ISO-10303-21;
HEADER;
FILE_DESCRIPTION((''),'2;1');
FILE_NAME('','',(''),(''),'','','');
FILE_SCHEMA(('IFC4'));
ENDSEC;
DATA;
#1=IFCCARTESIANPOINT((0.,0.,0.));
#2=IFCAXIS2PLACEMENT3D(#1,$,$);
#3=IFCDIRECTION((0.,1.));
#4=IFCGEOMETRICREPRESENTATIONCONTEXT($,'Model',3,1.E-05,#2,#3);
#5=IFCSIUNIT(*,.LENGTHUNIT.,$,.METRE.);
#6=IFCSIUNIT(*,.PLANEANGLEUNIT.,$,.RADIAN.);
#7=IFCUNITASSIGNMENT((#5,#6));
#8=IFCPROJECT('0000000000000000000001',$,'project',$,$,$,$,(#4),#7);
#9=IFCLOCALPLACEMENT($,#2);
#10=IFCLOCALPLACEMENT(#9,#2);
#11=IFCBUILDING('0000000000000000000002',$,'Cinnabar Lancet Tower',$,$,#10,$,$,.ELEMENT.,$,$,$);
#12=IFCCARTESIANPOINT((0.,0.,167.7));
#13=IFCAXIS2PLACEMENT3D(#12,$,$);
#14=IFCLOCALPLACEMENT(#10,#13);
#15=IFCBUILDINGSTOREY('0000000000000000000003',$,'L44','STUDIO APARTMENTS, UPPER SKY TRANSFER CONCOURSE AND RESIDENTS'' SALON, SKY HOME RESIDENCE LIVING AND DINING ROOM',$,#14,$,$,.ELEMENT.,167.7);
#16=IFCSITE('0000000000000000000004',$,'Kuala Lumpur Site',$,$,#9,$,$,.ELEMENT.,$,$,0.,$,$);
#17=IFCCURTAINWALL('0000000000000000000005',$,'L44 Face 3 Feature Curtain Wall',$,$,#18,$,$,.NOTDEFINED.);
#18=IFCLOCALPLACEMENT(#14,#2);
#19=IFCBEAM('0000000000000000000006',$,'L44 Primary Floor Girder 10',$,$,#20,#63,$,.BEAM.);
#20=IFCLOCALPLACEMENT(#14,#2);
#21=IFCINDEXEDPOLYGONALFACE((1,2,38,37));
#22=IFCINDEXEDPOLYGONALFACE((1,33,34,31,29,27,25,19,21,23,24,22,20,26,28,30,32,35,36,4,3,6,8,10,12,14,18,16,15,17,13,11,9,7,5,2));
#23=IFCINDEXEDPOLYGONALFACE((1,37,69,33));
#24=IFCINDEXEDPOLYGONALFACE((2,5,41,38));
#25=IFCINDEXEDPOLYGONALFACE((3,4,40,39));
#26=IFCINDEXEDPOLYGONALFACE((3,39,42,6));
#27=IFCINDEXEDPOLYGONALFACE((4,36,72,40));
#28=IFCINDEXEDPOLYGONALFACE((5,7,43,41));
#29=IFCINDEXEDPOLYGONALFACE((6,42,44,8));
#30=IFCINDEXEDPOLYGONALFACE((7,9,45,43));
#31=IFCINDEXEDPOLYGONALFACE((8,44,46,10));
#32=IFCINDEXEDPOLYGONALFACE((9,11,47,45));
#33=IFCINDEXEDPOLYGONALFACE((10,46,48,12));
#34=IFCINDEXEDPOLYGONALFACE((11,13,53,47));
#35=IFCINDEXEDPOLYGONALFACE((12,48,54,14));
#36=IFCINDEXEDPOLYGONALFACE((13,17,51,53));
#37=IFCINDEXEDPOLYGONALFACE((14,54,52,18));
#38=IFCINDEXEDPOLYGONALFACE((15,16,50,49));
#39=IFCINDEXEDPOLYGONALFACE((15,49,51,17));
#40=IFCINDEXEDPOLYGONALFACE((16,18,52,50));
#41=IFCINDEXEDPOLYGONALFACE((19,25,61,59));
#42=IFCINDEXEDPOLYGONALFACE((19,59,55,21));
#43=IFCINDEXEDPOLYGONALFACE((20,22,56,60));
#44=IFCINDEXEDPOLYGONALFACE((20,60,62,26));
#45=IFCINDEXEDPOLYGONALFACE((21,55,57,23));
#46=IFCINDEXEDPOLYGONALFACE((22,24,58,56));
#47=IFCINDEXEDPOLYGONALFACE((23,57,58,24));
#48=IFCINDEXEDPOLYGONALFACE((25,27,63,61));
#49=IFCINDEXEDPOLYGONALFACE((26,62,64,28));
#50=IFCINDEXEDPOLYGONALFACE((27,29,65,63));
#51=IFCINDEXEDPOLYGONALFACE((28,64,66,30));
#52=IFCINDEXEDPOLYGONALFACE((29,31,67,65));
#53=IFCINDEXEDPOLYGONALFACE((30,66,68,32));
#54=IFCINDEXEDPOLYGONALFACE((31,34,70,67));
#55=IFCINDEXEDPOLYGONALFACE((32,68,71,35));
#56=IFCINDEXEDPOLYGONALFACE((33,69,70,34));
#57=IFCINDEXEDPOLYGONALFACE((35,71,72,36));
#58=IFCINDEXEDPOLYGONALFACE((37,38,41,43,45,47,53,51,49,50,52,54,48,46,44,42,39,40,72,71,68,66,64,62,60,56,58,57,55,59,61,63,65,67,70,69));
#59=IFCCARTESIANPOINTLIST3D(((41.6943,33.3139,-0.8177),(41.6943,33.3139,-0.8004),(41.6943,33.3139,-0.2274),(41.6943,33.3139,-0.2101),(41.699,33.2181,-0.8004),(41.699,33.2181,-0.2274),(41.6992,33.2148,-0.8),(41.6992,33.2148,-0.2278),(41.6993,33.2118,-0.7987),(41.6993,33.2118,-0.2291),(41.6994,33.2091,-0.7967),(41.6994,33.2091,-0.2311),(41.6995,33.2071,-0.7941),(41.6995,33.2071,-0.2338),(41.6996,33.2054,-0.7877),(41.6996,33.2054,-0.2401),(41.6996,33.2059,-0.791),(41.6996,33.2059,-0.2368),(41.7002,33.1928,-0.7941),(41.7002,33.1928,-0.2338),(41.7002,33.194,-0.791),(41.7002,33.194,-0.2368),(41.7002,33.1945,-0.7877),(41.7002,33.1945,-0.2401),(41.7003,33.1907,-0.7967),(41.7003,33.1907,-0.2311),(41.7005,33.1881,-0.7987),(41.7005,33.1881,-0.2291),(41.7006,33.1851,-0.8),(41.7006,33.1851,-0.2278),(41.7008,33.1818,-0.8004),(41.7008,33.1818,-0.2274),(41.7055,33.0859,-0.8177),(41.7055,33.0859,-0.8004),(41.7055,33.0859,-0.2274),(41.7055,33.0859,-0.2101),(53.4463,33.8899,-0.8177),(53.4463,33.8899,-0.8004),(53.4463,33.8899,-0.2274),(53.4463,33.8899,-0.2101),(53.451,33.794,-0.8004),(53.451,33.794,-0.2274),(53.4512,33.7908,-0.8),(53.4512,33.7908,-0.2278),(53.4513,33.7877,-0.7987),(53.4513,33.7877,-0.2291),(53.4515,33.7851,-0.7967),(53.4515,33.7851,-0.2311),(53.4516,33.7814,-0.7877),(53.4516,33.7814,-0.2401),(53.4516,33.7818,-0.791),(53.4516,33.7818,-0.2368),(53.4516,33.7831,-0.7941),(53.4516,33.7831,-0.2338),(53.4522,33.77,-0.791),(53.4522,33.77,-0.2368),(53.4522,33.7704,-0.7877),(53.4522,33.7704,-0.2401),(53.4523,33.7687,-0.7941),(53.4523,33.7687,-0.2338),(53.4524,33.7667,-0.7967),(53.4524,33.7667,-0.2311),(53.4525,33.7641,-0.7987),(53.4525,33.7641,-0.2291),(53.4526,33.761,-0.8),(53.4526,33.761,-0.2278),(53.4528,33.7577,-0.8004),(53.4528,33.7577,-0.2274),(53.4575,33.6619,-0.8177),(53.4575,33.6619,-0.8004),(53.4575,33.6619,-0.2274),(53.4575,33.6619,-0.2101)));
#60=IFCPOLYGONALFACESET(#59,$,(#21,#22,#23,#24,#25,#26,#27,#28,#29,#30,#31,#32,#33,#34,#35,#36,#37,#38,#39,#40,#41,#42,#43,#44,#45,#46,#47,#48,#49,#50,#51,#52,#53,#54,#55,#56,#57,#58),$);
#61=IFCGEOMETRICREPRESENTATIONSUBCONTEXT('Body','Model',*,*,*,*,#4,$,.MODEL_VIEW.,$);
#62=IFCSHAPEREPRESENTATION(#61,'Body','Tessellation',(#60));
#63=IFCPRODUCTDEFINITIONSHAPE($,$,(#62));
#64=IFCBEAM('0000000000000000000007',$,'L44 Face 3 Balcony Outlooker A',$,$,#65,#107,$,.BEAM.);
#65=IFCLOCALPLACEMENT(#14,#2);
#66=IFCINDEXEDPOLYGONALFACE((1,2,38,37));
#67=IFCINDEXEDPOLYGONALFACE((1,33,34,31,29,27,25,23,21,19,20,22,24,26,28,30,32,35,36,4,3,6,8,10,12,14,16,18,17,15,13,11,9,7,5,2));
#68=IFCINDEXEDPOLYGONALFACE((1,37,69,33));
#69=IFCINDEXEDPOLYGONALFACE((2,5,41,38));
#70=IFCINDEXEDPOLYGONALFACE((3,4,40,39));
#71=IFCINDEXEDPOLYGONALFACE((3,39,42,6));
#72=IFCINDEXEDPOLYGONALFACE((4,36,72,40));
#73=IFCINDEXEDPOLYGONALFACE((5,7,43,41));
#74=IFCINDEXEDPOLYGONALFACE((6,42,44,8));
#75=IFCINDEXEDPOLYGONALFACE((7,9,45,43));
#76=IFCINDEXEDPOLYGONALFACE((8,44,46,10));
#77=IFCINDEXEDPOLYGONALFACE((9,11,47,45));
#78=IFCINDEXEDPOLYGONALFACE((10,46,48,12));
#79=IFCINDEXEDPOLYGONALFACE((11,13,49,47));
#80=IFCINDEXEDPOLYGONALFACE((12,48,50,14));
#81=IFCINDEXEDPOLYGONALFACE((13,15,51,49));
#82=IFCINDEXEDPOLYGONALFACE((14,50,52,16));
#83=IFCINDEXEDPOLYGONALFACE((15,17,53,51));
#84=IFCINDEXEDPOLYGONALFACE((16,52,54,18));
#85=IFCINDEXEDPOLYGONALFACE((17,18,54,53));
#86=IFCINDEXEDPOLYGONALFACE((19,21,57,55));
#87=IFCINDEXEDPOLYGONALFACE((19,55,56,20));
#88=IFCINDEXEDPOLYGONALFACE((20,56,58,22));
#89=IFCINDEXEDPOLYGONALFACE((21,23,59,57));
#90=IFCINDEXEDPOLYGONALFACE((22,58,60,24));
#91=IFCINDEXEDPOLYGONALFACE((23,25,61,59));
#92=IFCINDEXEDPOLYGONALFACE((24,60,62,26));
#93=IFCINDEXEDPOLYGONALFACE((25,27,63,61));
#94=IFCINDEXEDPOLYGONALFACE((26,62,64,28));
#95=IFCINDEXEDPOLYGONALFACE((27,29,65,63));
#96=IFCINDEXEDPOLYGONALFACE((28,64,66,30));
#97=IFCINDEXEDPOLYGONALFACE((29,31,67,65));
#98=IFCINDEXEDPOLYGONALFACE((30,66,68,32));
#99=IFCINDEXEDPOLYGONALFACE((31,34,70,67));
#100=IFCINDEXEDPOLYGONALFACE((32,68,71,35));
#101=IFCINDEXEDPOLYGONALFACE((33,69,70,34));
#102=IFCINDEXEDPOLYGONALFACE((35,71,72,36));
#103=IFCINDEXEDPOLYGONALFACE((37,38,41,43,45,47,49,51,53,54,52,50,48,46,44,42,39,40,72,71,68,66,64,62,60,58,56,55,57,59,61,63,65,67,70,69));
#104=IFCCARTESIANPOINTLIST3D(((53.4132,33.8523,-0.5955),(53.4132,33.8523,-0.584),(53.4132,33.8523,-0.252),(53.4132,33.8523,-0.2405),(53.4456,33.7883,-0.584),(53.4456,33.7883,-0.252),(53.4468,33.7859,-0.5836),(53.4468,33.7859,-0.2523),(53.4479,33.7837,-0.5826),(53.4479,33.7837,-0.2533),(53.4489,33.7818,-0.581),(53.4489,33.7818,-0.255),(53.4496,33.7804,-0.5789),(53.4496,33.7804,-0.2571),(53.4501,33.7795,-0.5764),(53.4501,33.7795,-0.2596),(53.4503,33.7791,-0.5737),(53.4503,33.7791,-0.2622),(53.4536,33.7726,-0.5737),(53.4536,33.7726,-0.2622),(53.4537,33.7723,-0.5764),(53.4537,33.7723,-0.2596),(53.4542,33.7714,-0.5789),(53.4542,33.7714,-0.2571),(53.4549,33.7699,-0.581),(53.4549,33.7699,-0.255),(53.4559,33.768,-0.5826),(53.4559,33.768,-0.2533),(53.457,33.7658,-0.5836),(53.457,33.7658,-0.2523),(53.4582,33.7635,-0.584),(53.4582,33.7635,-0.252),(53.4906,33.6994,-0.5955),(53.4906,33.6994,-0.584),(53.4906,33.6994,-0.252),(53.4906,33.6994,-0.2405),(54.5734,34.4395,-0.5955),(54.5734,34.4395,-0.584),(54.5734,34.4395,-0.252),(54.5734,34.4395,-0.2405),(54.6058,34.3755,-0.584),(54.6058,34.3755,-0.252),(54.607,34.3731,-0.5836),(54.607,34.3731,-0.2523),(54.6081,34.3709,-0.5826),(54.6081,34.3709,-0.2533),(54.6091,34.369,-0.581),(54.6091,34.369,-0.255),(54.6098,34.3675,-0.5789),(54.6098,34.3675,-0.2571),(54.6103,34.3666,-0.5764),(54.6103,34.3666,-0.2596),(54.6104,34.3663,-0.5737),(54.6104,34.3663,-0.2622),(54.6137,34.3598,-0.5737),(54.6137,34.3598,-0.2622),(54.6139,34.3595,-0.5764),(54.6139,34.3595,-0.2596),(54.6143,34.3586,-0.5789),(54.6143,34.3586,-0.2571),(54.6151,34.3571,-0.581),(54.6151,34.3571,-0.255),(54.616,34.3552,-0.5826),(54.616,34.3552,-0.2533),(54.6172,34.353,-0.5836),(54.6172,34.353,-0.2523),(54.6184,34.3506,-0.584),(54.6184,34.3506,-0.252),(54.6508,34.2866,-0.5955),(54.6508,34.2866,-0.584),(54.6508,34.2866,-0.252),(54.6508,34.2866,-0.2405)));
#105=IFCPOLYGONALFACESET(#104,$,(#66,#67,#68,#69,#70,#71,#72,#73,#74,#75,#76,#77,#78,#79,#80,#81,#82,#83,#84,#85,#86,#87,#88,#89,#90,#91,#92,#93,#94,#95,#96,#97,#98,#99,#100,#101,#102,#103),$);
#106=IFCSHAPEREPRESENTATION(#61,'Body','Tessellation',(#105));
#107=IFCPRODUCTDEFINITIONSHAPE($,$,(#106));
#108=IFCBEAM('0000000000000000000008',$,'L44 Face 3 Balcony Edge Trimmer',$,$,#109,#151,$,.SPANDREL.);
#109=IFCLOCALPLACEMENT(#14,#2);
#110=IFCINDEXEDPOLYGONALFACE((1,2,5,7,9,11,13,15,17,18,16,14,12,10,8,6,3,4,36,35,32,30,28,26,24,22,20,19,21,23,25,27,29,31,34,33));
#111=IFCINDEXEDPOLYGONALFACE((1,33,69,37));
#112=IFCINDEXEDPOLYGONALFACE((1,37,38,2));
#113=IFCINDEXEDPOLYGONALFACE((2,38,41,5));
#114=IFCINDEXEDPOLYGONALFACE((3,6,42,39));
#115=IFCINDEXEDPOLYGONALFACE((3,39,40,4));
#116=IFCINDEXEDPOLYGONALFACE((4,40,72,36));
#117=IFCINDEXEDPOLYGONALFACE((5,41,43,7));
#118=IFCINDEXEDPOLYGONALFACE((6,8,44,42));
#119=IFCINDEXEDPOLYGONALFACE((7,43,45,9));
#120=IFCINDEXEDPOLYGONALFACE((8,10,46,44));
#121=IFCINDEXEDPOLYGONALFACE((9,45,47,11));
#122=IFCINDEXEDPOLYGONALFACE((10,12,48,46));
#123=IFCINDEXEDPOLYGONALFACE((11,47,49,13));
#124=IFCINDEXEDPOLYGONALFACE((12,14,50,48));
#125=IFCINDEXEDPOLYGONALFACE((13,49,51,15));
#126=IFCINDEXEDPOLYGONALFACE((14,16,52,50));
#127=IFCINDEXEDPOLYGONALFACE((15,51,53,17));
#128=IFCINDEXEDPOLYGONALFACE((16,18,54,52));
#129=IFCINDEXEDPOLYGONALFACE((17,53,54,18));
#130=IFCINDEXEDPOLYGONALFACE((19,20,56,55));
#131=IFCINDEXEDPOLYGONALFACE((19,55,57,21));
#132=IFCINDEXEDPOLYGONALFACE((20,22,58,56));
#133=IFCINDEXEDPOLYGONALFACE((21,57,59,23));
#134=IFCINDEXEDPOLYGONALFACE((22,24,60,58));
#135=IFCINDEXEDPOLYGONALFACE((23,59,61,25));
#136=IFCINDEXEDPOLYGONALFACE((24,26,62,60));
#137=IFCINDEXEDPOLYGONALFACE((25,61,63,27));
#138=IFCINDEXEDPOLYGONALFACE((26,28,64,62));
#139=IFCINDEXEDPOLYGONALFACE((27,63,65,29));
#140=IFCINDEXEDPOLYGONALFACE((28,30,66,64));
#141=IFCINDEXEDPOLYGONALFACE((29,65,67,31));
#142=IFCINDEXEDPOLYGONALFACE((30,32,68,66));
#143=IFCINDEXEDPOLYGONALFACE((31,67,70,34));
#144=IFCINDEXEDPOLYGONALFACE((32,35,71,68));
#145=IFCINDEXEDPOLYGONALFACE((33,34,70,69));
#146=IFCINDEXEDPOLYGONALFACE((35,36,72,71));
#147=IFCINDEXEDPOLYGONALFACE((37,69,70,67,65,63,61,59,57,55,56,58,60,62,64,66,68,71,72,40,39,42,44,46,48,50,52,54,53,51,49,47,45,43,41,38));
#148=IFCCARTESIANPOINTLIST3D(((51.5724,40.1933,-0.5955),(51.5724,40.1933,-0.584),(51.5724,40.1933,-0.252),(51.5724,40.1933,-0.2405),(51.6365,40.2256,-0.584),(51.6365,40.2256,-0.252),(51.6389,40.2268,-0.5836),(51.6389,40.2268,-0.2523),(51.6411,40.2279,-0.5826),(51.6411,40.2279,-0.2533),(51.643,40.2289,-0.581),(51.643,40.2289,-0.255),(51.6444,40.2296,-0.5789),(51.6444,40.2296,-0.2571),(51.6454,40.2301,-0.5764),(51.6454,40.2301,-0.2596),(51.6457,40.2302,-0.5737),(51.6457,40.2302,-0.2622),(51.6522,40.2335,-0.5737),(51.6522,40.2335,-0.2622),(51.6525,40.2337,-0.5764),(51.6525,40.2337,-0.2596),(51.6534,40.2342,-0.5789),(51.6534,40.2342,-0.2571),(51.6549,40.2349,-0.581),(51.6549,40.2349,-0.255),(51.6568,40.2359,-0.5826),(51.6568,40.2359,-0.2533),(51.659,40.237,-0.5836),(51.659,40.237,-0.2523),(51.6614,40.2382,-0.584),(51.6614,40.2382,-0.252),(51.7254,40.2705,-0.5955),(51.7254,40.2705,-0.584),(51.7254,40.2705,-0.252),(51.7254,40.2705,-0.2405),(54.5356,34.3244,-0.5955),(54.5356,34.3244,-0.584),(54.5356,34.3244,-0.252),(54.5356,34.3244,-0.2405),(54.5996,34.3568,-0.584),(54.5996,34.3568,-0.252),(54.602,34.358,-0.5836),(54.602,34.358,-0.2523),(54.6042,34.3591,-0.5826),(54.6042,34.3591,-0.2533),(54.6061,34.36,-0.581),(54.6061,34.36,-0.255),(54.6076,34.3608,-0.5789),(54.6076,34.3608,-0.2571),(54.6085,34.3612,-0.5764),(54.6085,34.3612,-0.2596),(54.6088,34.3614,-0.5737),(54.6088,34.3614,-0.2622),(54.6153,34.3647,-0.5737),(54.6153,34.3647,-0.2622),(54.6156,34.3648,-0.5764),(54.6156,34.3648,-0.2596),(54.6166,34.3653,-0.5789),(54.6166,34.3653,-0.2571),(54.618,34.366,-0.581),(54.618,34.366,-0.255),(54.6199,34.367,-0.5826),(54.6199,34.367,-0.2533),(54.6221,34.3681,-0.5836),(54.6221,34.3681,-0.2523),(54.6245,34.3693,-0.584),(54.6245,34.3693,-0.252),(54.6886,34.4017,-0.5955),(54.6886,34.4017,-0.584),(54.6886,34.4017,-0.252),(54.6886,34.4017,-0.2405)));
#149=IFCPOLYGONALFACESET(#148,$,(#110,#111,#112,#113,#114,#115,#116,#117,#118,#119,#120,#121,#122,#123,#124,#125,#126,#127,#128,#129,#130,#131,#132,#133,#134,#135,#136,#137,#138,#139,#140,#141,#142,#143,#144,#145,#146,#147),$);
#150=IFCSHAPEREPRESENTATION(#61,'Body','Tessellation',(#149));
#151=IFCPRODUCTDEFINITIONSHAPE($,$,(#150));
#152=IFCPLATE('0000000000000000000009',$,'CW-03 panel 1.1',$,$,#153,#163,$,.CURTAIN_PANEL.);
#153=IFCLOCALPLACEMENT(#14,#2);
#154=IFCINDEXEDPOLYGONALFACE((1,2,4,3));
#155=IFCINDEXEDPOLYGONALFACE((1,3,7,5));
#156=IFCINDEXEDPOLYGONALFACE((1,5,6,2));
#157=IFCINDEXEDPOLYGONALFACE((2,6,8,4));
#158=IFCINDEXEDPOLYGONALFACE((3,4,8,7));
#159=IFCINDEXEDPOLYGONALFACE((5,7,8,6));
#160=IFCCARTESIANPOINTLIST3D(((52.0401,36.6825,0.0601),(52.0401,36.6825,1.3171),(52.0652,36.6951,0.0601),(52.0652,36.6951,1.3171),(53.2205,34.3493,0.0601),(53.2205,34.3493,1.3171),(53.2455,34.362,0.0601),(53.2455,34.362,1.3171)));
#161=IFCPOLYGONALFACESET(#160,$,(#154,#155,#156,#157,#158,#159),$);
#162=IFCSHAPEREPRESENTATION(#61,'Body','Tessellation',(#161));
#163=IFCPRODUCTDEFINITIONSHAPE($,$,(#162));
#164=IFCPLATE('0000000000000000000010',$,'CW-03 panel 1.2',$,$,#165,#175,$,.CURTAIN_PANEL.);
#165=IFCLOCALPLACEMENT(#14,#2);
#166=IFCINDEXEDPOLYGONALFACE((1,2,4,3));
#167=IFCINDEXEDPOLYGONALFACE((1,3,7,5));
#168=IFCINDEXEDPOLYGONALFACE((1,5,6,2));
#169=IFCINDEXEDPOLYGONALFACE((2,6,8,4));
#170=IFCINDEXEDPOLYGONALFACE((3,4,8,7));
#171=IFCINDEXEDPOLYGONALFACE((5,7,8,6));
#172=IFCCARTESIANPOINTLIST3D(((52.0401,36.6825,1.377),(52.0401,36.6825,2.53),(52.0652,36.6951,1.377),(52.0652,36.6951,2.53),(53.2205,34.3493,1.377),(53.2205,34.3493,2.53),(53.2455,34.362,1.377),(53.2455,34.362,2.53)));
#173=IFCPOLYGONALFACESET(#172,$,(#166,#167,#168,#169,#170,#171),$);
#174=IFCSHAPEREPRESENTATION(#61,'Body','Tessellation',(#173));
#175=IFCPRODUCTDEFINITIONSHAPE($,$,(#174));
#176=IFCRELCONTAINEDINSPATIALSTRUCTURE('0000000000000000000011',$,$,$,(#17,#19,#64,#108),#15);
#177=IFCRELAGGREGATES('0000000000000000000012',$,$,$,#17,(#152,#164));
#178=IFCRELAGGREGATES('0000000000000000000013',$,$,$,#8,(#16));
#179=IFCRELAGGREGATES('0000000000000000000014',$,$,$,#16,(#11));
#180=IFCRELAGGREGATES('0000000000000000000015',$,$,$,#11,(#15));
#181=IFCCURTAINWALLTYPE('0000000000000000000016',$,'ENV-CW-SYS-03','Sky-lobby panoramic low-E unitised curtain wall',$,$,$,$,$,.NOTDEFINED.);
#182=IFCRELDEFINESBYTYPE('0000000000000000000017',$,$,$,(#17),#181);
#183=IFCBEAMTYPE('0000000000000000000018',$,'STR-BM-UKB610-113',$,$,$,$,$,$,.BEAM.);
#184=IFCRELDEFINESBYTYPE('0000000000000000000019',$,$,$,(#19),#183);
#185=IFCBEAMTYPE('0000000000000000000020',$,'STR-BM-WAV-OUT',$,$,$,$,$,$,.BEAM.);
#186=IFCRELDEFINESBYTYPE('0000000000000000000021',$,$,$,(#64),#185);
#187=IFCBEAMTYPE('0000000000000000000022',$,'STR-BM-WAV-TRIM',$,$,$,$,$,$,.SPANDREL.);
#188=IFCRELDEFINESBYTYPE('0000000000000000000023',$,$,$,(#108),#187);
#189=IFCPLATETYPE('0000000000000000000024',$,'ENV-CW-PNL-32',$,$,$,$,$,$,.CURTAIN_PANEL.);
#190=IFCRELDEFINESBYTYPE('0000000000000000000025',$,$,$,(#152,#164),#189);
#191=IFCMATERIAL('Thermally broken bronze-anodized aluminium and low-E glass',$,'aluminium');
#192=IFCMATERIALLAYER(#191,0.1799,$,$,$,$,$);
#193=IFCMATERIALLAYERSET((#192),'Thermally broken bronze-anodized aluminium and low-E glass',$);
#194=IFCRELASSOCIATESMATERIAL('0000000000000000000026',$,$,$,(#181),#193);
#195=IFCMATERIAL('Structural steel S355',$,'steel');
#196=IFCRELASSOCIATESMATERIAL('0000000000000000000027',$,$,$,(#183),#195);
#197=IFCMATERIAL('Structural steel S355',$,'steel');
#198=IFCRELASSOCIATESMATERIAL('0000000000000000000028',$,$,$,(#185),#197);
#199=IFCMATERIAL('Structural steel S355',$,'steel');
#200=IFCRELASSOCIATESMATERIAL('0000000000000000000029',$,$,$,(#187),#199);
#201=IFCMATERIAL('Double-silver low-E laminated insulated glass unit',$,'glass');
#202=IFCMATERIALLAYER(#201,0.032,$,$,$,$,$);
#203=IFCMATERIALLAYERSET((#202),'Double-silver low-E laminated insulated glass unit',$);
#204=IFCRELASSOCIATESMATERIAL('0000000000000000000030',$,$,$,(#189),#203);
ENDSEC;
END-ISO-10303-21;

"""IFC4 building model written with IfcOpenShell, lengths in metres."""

from ifc_helpers import new_model, si_unit, direction, frame, origin, origin_2d, place, context, subcontext, project, spatial, rectangle, i_section, extrude, material, layer, layer_set, material_profile, profile_set, type_object, element, aggregate, save


model = new_model("IFC4")

# Units and contexts
model_context = context("Model", 3, precision=1e-05, world=origin(), true_north=direction((0.0, 1.0)))
body_context = subcontext(model_context, "Body", "Model", "MODEL_VIEW")
ifc_project = project(units=[si_unit("LENGTHUNIT", "METRE"), si_unit("PLANEANGLEUNIT", "RADIAN")], contexts=[model_context])

# Site, building, storey
site_placement = place(None, origin())
site = spatial("IfcSite", under=ifc_project, at=site_placement, Name="Kuala Lumpur Site", CompositionType="ELEMENT", RefElevation=0.0)
building_placement = place(site_placement, origin())
building = spatial("IfcBuilding", under=site, at=building_placement, Name="Cinnabar Lancet Tower", CompositionType="ELEMENT")
storey_placement = place(building_placement, frame((0.0, 0.0, 167.7)))
storey = spatial("IfcBuildingStorey", under=building, at=storey_placement, Name="L44", Description="STUDIO APARTMENTS, UPPER SKY TRANSFER CONCOURSE AND RESIDENTS' SALON, SKY HOME RESIDENCE LIVING AND DINING ROOM", CompositionType="ELEMENT", Elevation=167.7)

# Curtain wall
ifc_material_1 = material(Name="Thermally broken bronze-anodized aluminium and low-E glass", Category="aluminium")
ifc_layer_1 = layer(ifc_material_1, 0.1799)
ifc_layer_set_1 = layer_set([ifc_layer_1], Name="Thermally broken bronze-anodized aluminium and low-E glass")
curtain_wall_type = type_object("IfcCurtainWallType", Name="ENV-CW-SYS-03", Description="Sky-lobby panoramic low-E unitised curtain wall", PredefinedType="NOTDEFINED", material=ifc_layer_set_1)
curtain_wall_placement = place(storey_placement, origin())
curtain_wall = element("IfcCurtainWall", 1, at=curtain_wall_placement, inside=storey, type_object=curtain_wall_type, Name="L44 Face 3 Feature Curtain Wall", PredefinedType="NOTDEFINED")

# Beams
ifc_material_2 = material(Name="Structural steel S355", Category="steel")
ifc_material_profile_1 = material_profile(ifc_material_2, i_section(OverallWidth=0.2283, OverallDepth=0.6077, WebThickness=0.011, FlangeThickness=0.0173, FilletRadius=0.0127, at=origin_2d()), Name="UKB 610x229x113")
ifc_profile_set_1 = profile_set([ifc_material_profile_1], Name="Structural steel S355")
beam_type_1 = type_object("IfcBeamType", Name="STR-BM-UKB610-113", PredefinedType="BEAM", material=ifc_profile_set_1)
beam_1_placement = place(storey_placement, frame((53.4519, 33.7759, -0.5139), z_axis=(-0.998801, -0.048948, 0.0), x_axis=(0.048948, -0.998801, 0.0)))
element("IfcBeam", 2, at=beam_1_placement, inside=storey, type_object=beam_type_1, Name="L44 Primary Floor Girder 10", PredefinedType="BEAM", context=body_context, shape_type="SweptSolid", body=[
    extrude(i_section(OverallWidth=0.2283, OverallDepth=0.6077, WebThickness=0.011, FlangeThickness=0.0173, FilletRadius=0.0127, at=origin_2d()), origin(), (0.0, 0.0, 1.0), 11.7661),
])
ifc_material_3 = material(Name="Structural steel S355", Category="steel")
ifc_material_profile_2 = material_profile(ifc_material_3, i_section(OverallWidth=0.1714, OverallDepth=0.355, WebThickness=0.0073, FlangeThickness=0.0115, FilletRadius=0.0103, at=origin_2d()), Name="UKB 356x171x51")
ifc_profile_set_2 = profile_set([ifc_material_profile_2], Name="Structural steel S355")
beam_type_2 = type_object("IfcBeamType", Name="STR-BM-WAV-OUT", PredefinedType="BEAM", material=ifc_profile_set_2)
beam_2_placement = place(storey_placement, frame((53.4519, 33.7759, -0.418), z_axis=(0.892239, 0.451564, 0.0), x_axis=(-0.451564, 0.892239, 0.0)))
element("IfcBeam", 3, at=beam_2_placement, inside=storey, type_object=beam_type_2, Name="L44 Face 3 Balcony Outlooker A", PredefinedType="BEAM", context=body_context, shape_type="SweptSolid", body=[
    extrude(i_section(OverallWidth=0.1714, OverallDepth=0.355, WebThickness=0.0073, FlangeThickness=0.0115, FilletRadius=0.0103, at=origin_2d()), origin(), (0.0, 0.0, 1.0), 1.3003),
])
ifc_material_4 = material(Name="Structural steel S355", Category="steel")
ifc_material_profile_3 = material_profile(ifc_material_4, i_section(OverallWidth=0.1714, OverallDepth=0.355, WebThickness=0.0073, FlangeThickness=0.0115, FilletRadius=0.0103, at=origin_2d()), Name="UKB 356x171x51")
ifc_profile_set_3 = profile_set([ifc_material_profile_3], Name="Structural steel S355")
beam_type_3 = type_object("IfcBeamType", Name="STR-BM-WAV-TRIM", PredefinedType="SPANDREL", material=ifc_profile_set_3)
beam_3_placement = place(storey_placement, frame((54.6121, 34.363, -0.418), z_axis=(-0.450701, 0.892675, 0.0), x_axis=(-0.892675, -0.450701, 0.0)))
element("IfcBeam", 4, at=beam_3_placement, inside=storey, type_object=beam_type_3, Name="L44 Face 3 Balcony Edge Trimmer", PredefinedType="SPANDREL", context=body_context, shape_type="SweptSolid", body=[
    extrude(i_section(OverallWidth=0.1714, OverallDepth=0.355, WebThickness=0.0073, FlangeThickness=0.0115, FilletRadius=0.0103, at=origin_2d()), origin(), (0.0, 0.0, 1.0), 6.5745),
])

# Plates
ifc_material_5 = material(Name="Double-silver low-E laminated insulated glass unit", Category="glass")
ifc_layer_2 = layer(ifc_material_5, 0.032)
ifc_layer_set_2 = layer_set([ifc_layer_2], Name="Double-silver low-E laminated insulated glass unit")
plate_type = type_object("IfcPlateType", Name="ENV-CW-PNL-32", PredefinedType="CURTAIN_PANEL", material=ifc_layer_set_2)
plate_1_placement = place(storey_placement, frame((52.6428, 35.5222, 0.0601), z_axis=(0.0, 0.0, 1.0), x_axis=(-0.451423, 0.89231, 0.0)))
plate_1 = element("IfcPlate", 5, at=plate_1_placement, type_object=plate_type, Name="CW-03 panel 1.1", PredefinedType="CURTAIN_PANEL", context=body_context, shape_type="SweptSolid", body=[
    extrude(rectangle(XDim=2.6147, YDim=0.0281, at=origin_2d()), origin(), (0.0, 0.0, 1.0), 1.2571),
])
plate_2_placement = place(storey_placement, frame((52.6428, 35.5222, 1.377), z_axis=(0.0, 0.0, 1.0), x_axis=(-0.451423, 0.89231, 0.0)))
plate_2 = element("IfcPlate", 6, at=plate_2_placement, type_object=plate_type, Name="CW-03 panel 1.2", PredefinedType="CURTAIN_PANEL", context=body_context, shape_type="SweptSolid", body=[
    extrude(rectangle(XDim=2.6147, YDim=0.0281, at=origin_2d()), origin(), (0.0, 0.0, 1.0), 1.1531),
])
aggregate(curtain_wall, [plate_1, plate_2])

save(model, "model.ifc")
